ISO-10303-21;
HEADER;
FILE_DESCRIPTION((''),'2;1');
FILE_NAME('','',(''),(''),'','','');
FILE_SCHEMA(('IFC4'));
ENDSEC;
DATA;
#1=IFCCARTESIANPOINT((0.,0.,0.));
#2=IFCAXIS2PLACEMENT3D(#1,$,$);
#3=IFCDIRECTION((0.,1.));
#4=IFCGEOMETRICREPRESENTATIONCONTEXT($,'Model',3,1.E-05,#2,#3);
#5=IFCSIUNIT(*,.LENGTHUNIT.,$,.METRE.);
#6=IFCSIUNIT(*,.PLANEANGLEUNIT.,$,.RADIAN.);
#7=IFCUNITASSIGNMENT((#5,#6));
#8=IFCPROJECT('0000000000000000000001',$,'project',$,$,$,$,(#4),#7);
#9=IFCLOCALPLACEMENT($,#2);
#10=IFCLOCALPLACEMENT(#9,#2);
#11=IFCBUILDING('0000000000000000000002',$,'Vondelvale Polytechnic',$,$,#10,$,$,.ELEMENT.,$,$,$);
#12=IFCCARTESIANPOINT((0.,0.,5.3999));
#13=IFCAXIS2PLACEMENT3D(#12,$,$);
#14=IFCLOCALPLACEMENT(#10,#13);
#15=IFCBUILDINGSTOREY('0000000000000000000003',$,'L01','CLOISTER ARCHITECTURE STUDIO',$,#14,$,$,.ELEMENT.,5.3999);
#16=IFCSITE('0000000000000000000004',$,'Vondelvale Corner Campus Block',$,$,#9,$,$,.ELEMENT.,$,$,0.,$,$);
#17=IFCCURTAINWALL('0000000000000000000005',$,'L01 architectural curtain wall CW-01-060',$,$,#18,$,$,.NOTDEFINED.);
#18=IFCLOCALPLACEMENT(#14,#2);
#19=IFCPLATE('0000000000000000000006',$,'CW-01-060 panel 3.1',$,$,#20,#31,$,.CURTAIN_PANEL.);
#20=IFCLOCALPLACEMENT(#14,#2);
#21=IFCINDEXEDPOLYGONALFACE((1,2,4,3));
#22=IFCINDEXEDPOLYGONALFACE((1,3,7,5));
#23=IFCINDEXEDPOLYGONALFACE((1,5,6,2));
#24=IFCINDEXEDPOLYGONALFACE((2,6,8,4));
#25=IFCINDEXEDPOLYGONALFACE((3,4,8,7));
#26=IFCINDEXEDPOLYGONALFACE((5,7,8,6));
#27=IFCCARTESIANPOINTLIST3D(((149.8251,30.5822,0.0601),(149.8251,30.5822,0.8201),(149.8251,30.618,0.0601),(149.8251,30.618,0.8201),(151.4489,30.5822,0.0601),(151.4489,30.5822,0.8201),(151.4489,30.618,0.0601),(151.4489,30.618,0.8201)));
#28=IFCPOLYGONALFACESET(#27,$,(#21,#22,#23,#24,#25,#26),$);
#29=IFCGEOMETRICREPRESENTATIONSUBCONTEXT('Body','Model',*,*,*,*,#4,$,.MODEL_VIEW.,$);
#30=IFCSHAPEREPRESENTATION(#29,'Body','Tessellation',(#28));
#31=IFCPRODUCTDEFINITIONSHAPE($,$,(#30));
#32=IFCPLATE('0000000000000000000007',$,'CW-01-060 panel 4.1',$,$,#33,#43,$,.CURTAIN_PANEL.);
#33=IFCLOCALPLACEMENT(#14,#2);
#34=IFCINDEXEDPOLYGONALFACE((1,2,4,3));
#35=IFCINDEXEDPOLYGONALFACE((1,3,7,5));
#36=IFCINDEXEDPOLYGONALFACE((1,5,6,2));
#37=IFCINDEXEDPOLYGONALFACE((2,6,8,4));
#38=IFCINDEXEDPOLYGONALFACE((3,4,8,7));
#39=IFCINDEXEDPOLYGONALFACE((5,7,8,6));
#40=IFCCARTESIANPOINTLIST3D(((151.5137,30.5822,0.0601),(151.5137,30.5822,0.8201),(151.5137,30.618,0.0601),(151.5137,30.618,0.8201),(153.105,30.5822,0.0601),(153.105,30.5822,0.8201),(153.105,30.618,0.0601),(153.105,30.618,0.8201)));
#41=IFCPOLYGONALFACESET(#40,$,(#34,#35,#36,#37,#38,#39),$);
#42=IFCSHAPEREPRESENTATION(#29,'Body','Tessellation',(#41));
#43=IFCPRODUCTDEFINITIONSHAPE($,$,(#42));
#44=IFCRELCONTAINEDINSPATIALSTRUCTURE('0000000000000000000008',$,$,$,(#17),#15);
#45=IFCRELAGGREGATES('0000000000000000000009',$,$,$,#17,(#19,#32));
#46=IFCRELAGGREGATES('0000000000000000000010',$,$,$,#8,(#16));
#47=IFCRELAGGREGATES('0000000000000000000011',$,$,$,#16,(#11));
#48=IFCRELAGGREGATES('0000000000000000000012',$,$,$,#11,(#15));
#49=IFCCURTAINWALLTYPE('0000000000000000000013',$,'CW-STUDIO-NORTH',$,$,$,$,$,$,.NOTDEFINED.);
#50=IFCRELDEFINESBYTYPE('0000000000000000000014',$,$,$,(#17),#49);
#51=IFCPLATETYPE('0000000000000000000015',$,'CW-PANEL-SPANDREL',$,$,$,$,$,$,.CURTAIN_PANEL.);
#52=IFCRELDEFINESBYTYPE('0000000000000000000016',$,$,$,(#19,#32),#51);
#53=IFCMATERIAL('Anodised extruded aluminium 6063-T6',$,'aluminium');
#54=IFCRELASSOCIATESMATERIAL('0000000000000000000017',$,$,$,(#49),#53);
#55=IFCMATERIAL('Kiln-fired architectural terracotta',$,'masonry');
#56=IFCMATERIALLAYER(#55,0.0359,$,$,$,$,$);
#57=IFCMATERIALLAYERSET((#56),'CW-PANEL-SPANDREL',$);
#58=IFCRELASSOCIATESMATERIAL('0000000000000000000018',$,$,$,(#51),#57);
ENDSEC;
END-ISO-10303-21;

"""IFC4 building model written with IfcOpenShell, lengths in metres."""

from ifc_helpers import new_model, si_unit, direction, frame, origin, origin_2d, place, context, subcontext, project, spatial, rectangle, extrude, material, layer, layer_set, type_object, element, aggregate, save


model = new_model("IFC4")

# Units and contexts
model_context = context("Model", 3, precision=1e-05, world=origin(), true_north=direction((0.0, 1.0)))
body_context = subcontext(model_context, "Body", "Model", "MODEL_VIEW")
ifc_project = project(units=[si_unit("LENGTHUNIT", "METRE"), si_unit("PLANEANGLEUNIT", "RADIAN")], contexts=[model_context])

# Site, building, storey
site_placement = place(None, origin())
site = spatial("IfcSite", under=ifc_project, at=site_placement, Name="Vondelvale Corner Campus Block", CompositionType="ELEMENT", RefElevation=0.0)
building_placement = place(site_placement, origin())
building = spatial("IfcBuilding", under=site, at=building_placement, Name="Vondelvale Polytechnic", CompositionType="ELEMENT")
storey_placement = place(building_placement, frame((0.0, 0.0, 5.3999)))
storey = spatial("IfcBuildingStorey", under=building, at=storey_placement, Name="L01", Description="CLOISTER ARCHITECTURE STUDIO", CompositionType="ELEMENT", Elevation=5.3999)

# Curtain wall
ifc_material_1 = material(Name="Anodised extruded aluminium 6063-T6", Category="aluminium")
curtain_wall_type = type_object("IfcCurtainWallType", Name="CW-STUDIO-NORTH", PredefinedType="NOTDEFINED", material=ifc_material_1)
curtain_wall_1_placement = place(storey_placement, origin())
curtain_wall_1 = element("IfcCurtainWall", 1, at=curtain_wall_1_placement, inside=storey, type_object=curtain_wall_type, Name="L01 architectural curtain wall CW-01-060", PredefinedType="NOTDEFINED")

# Plates
ifc_material_2 = material(Name="Kiln-fired architectural terracotta", Category="masonry")
ifc_layer_1 = layer(ifc_material_2, 0.0359)
ifc_layer_set_1 = layer_set([ifc_layer_1], Name="CW-PANEL-SPANDREL")
plate_type_1 = type_object("IfcPlateType", Name="CW-PANEL-SPANDREL", PredefinedType="CURTAIN_PANEL", material=ifc_layer_set_1)
plate_1_placement = place(storey_placement, frame((150.637, 30.6001, 0.0601), z_axis=(0.0, 0.0, 1.0), x_axis=(1.0, 0.0, 0.0)))
plate_1 = element("IfcPlate", 2, at=plate_1_placement, type_object=plate_type_1, Name="CW-01-060 panel 3.1", PredefinedType="CURTAIN_PANEL", context=body_context, shape_type="SweptSolid", body=[
    extrude(rectangle(XDim=1.6238, YDim=0.0359, at=origin_2d()), origin(), (0.0, 0.0, 1.0), 0.76),
])
plate_2_placement = place(storey_placement, frame((152.3093, 30.6001, 0.0601), z_axis=(0.0, 0.0, 1.0), x_axis=(1.0, 0.0, 0.0)))
plate_2 = element("IfcPlate", 3, at=plate_2_placement, type_object=plate_type_1, Name="CW-01-060 panel 4.1", PredefinedType="CURTAIN_PANEL", context=body_context, shape_type="SweptSolid", body=[
    extrude(rectangle(XDim=1.5913, YDim=0.0359, at=origin_2d()), origin(), (0.0, 0.0, 1.0), 0.76),
])
aggregate(curtain_wall_1, [plate_1, plate_2])

save(model, "model.ifc")
